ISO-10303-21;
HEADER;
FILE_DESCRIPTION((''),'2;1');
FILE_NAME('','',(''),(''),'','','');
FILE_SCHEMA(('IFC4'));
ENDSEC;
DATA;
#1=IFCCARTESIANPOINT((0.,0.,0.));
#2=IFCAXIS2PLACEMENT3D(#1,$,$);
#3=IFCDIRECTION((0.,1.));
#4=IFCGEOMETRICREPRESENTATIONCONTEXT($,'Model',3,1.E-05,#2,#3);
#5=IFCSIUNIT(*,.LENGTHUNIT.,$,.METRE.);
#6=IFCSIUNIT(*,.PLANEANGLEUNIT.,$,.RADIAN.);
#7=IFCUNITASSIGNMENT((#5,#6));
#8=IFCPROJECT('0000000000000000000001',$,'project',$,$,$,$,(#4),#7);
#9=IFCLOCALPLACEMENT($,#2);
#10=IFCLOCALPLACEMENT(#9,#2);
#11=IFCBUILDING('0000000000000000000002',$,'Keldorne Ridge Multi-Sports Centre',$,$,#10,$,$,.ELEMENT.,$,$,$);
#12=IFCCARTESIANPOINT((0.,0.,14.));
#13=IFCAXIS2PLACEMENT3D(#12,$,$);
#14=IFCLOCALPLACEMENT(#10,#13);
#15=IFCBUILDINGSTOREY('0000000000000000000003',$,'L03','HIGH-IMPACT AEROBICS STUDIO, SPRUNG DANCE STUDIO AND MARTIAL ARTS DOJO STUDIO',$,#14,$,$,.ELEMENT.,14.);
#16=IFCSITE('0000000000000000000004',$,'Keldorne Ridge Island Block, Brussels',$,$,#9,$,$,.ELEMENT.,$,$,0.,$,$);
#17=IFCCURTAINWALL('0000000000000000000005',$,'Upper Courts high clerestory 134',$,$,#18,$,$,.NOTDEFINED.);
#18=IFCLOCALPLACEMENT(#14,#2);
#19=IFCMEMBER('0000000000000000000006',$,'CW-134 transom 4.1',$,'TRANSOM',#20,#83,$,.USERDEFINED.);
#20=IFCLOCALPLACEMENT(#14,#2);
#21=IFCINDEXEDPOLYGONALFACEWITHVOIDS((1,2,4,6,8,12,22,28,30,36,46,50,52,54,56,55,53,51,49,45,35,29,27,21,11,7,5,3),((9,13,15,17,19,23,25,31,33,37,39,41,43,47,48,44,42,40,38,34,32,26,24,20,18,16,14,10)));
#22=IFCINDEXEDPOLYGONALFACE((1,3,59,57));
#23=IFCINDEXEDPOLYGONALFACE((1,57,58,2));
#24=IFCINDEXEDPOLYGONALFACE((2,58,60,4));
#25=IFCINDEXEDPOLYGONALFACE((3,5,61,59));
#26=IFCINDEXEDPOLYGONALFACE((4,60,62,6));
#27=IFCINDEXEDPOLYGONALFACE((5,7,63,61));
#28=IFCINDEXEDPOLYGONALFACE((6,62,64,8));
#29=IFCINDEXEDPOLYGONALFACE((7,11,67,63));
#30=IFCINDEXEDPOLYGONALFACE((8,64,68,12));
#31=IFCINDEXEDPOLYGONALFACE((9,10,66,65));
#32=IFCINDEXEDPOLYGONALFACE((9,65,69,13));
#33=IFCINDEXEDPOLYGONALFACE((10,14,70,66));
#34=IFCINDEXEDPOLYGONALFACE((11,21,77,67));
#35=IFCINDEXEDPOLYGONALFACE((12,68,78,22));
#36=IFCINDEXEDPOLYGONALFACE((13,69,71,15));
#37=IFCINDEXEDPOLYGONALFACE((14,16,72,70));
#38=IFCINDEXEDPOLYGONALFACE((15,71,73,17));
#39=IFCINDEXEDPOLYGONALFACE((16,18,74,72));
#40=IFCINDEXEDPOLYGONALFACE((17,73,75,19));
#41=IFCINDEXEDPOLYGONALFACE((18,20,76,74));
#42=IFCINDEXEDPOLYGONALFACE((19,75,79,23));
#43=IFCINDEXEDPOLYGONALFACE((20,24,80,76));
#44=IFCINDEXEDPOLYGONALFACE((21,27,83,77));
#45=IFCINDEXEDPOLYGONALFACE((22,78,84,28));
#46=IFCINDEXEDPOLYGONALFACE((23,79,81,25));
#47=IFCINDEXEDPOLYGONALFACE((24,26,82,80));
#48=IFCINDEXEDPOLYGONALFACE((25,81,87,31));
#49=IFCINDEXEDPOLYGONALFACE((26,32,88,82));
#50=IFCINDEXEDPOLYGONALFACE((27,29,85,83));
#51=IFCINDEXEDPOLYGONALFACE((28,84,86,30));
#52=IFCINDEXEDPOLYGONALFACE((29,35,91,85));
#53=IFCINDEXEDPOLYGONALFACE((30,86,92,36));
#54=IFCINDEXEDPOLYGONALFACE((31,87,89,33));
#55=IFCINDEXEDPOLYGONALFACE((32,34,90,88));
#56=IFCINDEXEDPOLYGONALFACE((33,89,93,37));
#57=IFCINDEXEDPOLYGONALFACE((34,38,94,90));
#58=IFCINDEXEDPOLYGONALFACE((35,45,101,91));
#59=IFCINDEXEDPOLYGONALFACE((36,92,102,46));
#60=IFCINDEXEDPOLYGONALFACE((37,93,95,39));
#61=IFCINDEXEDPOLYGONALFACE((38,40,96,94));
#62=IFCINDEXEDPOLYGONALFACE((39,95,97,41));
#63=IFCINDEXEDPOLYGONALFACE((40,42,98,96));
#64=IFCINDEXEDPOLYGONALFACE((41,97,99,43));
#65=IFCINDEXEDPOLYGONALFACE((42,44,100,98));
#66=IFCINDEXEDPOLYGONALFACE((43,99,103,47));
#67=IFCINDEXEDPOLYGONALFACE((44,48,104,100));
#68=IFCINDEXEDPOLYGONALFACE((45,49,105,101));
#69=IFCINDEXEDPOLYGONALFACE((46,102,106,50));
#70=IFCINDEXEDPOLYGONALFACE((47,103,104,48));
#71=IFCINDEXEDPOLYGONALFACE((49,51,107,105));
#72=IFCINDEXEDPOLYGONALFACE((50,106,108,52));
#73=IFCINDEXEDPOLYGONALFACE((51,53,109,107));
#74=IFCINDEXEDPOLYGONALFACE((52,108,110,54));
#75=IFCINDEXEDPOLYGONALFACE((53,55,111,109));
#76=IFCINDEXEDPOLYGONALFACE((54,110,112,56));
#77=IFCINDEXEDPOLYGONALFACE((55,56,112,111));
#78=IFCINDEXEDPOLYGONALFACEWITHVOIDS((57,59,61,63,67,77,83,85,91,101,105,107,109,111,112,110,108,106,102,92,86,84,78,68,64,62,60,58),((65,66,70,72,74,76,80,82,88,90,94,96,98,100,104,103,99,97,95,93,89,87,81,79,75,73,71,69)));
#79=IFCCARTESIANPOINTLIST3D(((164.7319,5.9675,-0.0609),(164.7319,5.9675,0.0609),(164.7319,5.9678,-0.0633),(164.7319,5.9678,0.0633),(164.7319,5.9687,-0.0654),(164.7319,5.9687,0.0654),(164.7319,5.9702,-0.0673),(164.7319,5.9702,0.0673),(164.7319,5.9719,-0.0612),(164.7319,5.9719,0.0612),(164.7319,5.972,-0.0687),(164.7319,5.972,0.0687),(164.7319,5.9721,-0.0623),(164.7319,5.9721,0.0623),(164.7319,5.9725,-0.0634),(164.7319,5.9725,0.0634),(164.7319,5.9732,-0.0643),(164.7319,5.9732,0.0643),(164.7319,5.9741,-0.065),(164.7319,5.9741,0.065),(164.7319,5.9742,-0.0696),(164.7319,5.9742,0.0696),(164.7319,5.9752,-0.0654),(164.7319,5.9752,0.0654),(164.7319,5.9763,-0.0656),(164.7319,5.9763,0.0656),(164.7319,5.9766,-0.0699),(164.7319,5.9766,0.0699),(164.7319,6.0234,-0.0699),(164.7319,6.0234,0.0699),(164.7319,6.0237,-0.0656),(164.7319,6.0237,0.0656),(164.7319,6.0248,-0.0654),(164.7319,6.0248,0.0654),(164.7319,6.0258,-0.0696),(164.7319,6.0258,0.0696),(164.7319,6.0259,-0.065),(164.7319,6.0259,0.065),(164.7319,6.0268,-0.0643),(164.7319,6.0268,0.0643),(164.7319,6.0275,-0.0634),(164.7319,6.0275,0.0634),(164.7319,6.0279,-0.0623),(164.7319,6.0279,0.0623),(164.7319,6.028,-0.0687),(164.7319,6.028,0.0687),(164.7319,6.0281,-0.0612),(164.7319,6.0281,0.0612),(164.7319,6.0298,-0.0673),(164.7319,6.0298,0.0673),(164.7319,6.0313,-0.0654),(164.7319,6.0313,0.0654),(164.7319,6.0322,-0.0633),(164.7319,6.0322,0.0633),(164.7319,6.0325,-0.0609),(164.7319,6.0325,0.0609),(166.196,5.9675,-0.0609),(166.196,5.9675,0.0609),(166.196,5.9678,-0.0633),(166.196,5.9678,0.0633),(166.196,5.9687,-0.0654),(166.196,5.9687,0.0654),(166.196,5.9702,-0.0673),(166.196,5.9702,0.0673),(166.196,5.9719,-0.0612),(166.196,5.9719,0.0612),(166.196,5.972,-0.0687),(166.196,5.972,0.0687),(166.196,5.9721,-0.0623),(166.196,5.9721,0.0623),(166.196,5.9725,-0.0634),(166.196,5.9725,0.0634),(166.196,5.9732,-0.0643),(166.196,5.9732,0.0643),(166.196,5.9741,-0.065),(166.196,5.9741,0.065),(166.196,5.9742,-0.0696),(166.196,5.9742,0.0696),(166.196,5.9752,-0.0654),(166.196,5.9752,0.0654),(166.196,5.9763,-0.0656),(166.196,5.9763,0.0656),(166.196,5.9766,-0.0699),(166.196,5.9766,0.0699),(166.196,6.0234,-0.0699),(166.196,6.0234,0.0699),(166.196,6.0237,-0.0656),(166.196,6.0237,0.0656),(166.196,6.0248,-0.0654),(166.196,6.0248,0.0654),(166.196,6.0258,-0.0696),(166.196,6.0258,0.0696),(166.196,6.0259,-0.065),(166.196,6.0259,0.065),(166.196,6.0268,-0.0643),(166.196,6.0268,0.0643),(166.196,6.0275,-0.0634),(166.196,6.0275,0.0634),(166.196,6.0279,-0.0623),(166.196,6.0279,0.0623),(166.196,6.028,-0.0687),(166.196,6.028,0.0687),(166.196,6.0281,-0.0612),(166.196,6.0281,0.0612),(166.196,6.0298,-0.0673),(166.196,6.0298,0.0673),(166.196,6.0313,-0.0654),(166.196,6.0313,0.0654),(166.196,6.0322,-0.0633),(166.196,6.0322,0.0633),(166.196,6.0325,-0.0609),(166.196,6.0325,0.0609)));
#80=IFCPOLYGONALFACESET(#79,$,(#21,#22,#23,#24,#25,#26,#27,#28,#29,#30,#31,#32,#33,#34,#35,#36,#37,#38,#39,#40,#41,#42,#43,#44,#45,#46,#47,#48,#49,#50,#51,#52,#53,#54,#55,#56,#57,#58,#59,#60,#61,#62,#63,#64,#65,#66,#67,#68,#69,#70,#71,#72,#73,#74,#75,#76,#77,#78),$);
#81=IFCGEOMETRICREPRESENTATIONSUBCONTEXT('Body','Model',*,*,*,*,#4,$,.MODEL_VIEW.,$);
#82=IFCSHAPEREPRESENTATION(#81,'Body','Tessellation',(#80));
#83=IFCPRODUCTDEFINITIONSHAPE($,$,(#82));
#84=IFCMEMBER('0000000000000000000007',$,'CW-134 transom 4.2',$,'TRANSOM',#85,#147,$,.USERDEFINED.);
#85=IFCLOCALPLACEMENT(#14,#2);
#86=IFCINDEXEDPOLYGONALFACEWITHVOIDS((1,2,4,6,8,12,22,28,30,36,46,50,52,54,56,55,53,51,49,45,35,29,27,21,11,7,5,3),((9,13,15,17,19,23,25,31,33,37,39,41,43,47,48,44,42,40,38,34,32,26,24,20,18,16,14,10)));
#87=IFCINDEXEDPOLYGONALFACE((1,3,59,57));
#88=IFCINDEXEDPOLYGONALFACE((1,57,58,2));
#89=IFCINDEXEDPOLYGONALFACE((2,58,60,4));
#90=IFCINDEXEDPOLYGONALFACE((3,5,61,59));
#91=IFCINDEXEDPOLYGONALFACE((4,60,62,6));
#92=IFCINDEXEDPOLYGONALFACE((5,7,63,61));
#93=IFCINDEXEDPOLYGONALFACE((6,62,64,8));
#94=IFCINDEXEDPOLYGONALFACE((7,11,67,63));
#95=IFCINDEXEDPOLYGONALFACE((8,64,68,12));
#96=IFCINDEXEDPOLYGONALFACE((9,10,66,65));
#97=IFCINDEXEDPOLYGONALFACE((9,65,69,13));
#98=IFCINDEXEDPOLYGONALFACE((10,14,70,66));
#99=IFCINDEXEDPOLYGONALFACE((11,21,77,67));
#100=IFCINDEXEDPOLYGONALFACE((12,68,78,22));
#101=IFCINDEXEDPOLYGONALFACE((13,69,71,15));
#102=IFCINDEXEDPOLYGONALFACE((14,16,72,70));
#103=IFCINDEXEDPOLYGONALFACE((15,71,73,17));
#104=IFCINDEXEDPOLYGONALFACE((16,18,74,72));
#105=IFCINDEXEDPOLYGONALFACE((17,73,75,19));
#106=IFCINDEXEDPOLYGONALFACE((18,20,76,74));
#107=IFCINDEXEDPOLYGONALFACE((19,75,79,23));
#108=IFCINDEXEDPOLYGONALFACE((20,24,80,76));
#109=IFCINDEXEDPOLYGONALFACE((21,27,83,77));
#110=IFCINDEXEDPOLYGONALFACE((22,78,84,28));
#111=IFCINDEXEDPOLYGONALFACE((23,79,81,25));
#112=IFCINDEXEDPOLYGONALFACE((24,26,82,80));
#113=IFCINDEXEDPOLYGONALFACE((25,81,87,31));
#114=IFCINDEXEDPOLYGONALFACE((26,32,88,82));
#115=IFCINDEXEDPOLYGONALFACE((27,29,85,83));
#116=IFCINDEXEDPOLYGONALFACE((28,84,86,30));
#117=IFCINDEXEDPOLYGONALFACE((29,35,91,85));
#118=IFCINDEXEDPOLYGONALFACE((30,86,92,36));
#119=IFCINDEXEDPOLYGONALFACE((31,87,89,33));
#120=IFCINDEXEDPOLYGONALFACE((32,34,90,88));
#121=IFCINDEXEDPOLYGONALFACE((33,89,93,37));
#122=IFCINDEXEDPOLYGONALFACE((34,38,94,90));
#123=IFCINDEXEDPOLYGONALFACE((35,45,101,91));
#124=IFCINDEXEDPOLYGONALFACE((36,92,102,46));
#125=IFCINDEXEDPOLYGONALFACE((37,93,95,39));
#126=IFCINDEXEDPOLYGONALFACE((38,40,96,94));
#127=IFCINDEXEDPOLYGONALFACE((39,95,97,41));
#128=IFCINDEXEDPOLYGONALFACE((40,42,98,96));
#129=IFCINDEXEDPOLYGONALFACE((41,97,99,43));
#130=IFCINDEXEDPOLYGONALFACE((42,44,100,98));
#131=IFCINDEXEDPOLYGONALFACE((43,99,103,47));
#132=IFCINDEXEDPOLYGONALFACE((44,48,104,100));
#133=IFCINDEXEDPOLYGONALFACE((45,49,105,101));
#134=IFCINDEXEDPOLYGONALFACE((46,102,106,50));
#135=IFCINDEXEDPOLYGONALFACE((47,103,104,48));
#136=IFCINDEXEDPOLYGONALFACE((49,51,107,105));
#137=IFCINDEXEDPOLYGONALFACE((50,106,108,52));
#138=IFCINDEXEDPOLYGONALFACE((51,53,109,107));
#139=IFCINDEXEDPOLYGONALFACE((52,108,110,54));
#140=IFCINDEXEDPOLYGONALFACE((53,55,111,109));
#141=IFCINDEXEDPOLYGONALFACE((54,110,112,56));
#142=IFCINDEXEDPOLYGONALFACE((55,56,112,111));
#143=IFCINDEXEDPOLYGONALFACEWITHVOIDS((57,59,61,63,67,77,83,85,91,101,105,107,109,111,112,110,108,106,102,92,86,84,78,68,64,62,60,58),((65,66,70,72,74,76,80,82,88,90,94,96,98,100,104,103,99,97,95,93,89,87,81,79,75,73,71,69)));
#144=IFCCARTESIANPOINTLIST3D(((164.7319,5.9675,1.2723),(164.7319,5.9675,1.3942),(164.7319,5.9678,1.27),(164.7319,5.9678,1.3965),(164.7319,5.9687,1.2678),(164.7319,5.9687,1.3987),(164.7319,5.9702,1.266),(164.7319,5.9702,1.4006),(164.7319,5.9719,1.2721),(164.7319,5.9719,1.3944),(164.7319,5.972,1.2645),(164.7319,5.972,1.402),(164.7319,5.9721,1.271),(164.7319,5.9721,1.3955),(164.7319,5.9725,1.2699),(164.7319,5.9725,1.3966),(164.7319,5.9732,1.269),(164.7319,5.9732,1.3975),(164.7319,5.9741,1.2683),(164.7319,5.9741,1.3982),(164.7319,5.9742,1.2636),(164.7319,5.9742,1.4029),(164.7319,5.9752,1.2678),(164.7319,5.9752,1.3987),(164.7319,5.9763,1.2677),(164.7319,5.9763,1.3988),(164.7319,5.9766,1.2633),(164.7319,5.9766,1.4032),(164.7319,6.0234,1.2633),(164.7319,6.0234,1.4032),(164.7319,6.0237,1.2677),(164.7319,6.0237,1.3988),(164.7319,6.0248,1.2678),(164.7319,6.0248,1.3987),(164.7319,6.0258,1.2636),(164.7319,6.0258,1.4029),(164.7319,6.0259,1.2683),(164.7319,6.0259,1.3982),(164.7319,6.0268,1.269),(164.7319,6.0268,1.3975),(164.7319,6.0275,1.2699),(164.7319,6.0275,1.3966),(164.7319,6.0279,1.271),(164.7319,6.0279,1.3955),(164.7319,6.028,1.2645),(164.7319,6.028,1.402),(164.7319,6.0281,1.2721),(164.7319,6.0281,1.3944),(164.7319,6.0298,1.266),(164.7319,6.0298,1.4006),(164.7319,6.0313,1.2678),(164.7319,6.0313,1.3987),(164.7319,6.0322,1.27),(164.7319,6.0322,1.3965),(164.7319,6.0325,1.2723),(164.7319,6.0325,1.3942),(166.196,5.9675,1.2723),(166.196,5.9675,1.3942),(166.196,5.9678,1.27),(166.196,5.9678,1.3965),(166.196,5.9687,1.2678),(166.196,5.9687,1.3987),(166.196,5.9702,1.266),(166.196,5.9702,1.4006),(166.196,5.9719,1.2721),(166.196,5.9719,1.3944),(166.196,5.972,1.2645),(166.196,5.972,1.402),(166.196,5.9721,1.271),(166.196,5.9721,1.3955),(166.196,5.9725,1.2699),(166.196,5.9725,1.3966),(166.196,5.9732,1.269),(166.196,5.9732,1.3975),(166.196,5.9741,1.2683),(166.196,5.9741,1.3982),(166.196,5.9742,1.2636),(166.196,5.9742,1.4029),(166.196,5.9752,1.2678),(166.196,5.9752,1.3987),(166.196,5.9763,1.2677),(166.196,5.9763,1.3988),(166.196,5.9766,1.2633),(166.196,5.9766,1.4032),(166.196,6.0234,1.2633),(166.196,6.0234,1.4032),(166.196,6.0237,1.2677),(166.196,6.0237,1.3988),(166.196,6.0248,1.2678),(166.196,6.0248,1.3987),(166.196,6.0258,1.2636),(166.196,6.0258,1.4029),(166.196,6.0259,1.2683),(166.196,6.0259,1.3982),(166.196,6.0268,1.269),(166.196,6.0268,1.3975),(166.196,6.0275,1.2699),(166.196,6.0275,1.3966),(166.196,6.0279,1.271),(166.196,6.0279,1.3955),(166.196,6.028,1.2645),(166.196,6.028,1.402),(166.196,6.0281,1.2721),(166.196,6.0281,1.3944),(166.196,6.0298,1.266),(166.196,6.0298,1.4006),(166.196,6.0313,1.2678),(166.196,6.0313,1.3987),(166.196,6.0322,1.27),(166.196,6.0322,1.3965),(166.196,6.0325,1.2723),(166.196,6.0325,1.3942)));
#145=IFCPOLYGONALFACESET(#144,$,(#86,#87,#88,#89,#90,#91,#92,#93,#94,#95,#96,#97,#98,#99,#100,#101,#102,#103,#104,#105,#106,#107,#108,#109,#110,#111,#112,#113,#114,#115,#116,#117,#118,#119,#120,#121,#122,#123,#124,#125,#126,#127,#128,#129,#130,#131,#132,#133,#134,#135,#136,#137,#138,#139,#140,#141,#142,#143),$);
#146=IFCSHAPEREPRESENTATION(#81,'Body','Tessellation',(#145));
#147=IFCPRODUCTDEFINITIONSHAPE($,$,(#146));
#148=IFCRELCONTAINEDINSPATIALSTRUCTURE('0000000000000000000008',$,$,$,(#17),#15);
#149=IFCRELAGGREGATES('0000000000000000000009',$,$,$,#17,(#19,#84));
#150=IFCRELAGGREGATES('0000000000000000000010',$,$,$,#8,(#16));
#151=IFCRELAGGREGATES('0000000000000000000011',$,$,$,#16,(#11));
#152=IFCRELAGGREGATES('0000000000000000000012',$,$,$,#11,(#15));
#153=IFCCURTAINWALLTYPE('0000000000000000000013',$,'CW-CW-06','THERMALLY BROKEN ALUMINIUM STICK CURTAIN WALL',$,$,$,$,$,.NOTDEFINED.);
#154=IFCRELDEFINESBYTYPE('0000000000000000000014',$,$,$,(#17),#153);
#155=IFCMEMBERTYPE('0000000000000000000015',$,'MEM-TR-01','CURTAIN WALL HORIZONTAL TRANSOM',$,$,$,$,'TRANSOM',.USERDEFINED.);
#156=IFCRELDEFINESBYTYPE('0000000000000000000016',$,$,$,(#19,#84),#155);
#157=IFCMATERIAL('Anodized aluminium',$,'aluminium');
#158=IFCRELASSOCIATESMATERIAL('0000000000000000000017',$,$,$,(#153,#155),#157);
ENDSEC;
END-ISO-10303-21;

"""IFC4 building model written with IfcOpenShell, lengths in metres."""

from ifc_helpers import new_model, si_unit, direction, frame, origin, origin_2d, place, context, subcontext, project, spatial, hollow_rectangle, extrude, material, material_profile, profile_set, type_object, element, aggregate, save


model = new_model("IFC4")

# Units and contexts
model_context = context("Model", 3, precision=1e-05, world=origin(), true_north=direction((0.0, 1.0)))
body_context = subcontext(model_context, "Body", "Model", "MODEL_VIEW")
ifc_project = project(units=[si_unit("LENGTHUNIT", "METRE"), si_unit("PLANEANGLEUNIT", "RADIAN")], contexts=[model_context])

# Site, building, storey
site_placement = place(None, origin())
site = spatial("IfcSite", under=ifc_project, at=site_placement, Name="Keldorne Ridge Island Block, Brussels", CompositionType="ELEMENT", RefElevation=0.0)
building_placement = place(site_placement, origin())
building = spatial("IfcBuilding", under=site, at=building_placement, Name="Keldorne Ridge Multi-Sports Centre", CompositionType="ELEMENT")
storey_placement = place(building_placement, frame((0.0, 0.0, 14.0)))
storey = spatial("IfcBuildingStorey", under=building, at=storey_placement, Name="L03", Description="HIGH-IMPACT AEROBICS STUDIO, SPRUNG DANCE STUDIO AND MARTIAL ARTS DOJO STUDIO", CompositionType="ELEMENT", Elevation=14.0)

# Curtain wall, members
ifc_material_1 = material(Name="Anodized aluminium", Category="aluminium")
curtain_wall_type = type_object("IfcCurtainWallType", Name="CW-CW-06", Description="THERMALLY BROKEN ALUMINIUM STICK CURTAIN WALL", PredefinedType="NOTDEFINED", material=ifc_material_1)
curtain_wall_placement = place(storey_placement, origin())
curtain_wall = element("IfcCurtainWall", 1, at=curtain_wall_placement, inside=storey, type_object=curtain_wall_type, Name="Upper Courts high clerestory 134", PredefinedType="NOTDEFINED")
ifc_material_profile_1 = material_profile(ifc_material_1, hollow_rectangle(XDim=0.0649, YDim=0.1399, WallThickness=0.0044, InnerFilletRadius=0.0044, OuterFilletRadius=0.009, at=origin_2d()), Name="ALU TRANSOM 140x65x4.5")
ifc_profile_set_1 = profile_set([ifc_material_profile_1], Name="Anodized aluminium")
member_type_1 = type_object("IfcMemberType", Name="MEM-TR-01", Description="CURTAIN WALL HORIZONTAL TRANSOM", ElementType="TRANSOM", PredefinedType="USERDEFINED", material=ifc_profile_set_1)
member_1_placement = place(storey_placement, frame((164.7319, 6.0, 0.0), z_axis=(1.0, 0.0, 0.0), x_axis=(0.0, 1.0, 0.0)))
member_1 = element("IfcMember", 2, at=member_1_placement, type_object=member_type_1, Name="CW-134 transom 4.1", ObjectType="TRANSOM", PredefinedType="USERDEFINED", context=body_context, shape_type="SweptSolid", body=[
    extrude(hollow_rectangle(XDim=0.0649, YDim=0.1399, WallThickness=0.0044, InnerFilletRadius=0.0044, OuterFilletRadius=0.009, at=origin_2d()), origin(), (0.0, 0.0, 1.0), 1.4641),
])
member_2_placement = place(storey_placement, frame((164.7319, 6.0, 1.3333), z_axis=(1.0, 0.0, 0.0), x_axis=(0.0, 1.0, 0.0)))
member_2 = element("IfcMember", 3, at=member_2_placement, type_object=member_type_1, Name="CW-134 transom 4.2", ObjectType="TRANSOM", PredefinedType="USERDEFINED", context=body_context, shape_type="SweptSolid", body=[
    extrude(hollow_rectangle(XDim=0.0649, YDim=0.1399, WallThickness=0.0044, InnerFilletRadius=0.0044, OuterFilletRadius=0.009, at=origin_2d()), origin(), (0.0, 0.0, 1.0), 1.4641),
])
aggregate(curtain_wall, [member_1, member_2])

save(model, "model.ifc")
